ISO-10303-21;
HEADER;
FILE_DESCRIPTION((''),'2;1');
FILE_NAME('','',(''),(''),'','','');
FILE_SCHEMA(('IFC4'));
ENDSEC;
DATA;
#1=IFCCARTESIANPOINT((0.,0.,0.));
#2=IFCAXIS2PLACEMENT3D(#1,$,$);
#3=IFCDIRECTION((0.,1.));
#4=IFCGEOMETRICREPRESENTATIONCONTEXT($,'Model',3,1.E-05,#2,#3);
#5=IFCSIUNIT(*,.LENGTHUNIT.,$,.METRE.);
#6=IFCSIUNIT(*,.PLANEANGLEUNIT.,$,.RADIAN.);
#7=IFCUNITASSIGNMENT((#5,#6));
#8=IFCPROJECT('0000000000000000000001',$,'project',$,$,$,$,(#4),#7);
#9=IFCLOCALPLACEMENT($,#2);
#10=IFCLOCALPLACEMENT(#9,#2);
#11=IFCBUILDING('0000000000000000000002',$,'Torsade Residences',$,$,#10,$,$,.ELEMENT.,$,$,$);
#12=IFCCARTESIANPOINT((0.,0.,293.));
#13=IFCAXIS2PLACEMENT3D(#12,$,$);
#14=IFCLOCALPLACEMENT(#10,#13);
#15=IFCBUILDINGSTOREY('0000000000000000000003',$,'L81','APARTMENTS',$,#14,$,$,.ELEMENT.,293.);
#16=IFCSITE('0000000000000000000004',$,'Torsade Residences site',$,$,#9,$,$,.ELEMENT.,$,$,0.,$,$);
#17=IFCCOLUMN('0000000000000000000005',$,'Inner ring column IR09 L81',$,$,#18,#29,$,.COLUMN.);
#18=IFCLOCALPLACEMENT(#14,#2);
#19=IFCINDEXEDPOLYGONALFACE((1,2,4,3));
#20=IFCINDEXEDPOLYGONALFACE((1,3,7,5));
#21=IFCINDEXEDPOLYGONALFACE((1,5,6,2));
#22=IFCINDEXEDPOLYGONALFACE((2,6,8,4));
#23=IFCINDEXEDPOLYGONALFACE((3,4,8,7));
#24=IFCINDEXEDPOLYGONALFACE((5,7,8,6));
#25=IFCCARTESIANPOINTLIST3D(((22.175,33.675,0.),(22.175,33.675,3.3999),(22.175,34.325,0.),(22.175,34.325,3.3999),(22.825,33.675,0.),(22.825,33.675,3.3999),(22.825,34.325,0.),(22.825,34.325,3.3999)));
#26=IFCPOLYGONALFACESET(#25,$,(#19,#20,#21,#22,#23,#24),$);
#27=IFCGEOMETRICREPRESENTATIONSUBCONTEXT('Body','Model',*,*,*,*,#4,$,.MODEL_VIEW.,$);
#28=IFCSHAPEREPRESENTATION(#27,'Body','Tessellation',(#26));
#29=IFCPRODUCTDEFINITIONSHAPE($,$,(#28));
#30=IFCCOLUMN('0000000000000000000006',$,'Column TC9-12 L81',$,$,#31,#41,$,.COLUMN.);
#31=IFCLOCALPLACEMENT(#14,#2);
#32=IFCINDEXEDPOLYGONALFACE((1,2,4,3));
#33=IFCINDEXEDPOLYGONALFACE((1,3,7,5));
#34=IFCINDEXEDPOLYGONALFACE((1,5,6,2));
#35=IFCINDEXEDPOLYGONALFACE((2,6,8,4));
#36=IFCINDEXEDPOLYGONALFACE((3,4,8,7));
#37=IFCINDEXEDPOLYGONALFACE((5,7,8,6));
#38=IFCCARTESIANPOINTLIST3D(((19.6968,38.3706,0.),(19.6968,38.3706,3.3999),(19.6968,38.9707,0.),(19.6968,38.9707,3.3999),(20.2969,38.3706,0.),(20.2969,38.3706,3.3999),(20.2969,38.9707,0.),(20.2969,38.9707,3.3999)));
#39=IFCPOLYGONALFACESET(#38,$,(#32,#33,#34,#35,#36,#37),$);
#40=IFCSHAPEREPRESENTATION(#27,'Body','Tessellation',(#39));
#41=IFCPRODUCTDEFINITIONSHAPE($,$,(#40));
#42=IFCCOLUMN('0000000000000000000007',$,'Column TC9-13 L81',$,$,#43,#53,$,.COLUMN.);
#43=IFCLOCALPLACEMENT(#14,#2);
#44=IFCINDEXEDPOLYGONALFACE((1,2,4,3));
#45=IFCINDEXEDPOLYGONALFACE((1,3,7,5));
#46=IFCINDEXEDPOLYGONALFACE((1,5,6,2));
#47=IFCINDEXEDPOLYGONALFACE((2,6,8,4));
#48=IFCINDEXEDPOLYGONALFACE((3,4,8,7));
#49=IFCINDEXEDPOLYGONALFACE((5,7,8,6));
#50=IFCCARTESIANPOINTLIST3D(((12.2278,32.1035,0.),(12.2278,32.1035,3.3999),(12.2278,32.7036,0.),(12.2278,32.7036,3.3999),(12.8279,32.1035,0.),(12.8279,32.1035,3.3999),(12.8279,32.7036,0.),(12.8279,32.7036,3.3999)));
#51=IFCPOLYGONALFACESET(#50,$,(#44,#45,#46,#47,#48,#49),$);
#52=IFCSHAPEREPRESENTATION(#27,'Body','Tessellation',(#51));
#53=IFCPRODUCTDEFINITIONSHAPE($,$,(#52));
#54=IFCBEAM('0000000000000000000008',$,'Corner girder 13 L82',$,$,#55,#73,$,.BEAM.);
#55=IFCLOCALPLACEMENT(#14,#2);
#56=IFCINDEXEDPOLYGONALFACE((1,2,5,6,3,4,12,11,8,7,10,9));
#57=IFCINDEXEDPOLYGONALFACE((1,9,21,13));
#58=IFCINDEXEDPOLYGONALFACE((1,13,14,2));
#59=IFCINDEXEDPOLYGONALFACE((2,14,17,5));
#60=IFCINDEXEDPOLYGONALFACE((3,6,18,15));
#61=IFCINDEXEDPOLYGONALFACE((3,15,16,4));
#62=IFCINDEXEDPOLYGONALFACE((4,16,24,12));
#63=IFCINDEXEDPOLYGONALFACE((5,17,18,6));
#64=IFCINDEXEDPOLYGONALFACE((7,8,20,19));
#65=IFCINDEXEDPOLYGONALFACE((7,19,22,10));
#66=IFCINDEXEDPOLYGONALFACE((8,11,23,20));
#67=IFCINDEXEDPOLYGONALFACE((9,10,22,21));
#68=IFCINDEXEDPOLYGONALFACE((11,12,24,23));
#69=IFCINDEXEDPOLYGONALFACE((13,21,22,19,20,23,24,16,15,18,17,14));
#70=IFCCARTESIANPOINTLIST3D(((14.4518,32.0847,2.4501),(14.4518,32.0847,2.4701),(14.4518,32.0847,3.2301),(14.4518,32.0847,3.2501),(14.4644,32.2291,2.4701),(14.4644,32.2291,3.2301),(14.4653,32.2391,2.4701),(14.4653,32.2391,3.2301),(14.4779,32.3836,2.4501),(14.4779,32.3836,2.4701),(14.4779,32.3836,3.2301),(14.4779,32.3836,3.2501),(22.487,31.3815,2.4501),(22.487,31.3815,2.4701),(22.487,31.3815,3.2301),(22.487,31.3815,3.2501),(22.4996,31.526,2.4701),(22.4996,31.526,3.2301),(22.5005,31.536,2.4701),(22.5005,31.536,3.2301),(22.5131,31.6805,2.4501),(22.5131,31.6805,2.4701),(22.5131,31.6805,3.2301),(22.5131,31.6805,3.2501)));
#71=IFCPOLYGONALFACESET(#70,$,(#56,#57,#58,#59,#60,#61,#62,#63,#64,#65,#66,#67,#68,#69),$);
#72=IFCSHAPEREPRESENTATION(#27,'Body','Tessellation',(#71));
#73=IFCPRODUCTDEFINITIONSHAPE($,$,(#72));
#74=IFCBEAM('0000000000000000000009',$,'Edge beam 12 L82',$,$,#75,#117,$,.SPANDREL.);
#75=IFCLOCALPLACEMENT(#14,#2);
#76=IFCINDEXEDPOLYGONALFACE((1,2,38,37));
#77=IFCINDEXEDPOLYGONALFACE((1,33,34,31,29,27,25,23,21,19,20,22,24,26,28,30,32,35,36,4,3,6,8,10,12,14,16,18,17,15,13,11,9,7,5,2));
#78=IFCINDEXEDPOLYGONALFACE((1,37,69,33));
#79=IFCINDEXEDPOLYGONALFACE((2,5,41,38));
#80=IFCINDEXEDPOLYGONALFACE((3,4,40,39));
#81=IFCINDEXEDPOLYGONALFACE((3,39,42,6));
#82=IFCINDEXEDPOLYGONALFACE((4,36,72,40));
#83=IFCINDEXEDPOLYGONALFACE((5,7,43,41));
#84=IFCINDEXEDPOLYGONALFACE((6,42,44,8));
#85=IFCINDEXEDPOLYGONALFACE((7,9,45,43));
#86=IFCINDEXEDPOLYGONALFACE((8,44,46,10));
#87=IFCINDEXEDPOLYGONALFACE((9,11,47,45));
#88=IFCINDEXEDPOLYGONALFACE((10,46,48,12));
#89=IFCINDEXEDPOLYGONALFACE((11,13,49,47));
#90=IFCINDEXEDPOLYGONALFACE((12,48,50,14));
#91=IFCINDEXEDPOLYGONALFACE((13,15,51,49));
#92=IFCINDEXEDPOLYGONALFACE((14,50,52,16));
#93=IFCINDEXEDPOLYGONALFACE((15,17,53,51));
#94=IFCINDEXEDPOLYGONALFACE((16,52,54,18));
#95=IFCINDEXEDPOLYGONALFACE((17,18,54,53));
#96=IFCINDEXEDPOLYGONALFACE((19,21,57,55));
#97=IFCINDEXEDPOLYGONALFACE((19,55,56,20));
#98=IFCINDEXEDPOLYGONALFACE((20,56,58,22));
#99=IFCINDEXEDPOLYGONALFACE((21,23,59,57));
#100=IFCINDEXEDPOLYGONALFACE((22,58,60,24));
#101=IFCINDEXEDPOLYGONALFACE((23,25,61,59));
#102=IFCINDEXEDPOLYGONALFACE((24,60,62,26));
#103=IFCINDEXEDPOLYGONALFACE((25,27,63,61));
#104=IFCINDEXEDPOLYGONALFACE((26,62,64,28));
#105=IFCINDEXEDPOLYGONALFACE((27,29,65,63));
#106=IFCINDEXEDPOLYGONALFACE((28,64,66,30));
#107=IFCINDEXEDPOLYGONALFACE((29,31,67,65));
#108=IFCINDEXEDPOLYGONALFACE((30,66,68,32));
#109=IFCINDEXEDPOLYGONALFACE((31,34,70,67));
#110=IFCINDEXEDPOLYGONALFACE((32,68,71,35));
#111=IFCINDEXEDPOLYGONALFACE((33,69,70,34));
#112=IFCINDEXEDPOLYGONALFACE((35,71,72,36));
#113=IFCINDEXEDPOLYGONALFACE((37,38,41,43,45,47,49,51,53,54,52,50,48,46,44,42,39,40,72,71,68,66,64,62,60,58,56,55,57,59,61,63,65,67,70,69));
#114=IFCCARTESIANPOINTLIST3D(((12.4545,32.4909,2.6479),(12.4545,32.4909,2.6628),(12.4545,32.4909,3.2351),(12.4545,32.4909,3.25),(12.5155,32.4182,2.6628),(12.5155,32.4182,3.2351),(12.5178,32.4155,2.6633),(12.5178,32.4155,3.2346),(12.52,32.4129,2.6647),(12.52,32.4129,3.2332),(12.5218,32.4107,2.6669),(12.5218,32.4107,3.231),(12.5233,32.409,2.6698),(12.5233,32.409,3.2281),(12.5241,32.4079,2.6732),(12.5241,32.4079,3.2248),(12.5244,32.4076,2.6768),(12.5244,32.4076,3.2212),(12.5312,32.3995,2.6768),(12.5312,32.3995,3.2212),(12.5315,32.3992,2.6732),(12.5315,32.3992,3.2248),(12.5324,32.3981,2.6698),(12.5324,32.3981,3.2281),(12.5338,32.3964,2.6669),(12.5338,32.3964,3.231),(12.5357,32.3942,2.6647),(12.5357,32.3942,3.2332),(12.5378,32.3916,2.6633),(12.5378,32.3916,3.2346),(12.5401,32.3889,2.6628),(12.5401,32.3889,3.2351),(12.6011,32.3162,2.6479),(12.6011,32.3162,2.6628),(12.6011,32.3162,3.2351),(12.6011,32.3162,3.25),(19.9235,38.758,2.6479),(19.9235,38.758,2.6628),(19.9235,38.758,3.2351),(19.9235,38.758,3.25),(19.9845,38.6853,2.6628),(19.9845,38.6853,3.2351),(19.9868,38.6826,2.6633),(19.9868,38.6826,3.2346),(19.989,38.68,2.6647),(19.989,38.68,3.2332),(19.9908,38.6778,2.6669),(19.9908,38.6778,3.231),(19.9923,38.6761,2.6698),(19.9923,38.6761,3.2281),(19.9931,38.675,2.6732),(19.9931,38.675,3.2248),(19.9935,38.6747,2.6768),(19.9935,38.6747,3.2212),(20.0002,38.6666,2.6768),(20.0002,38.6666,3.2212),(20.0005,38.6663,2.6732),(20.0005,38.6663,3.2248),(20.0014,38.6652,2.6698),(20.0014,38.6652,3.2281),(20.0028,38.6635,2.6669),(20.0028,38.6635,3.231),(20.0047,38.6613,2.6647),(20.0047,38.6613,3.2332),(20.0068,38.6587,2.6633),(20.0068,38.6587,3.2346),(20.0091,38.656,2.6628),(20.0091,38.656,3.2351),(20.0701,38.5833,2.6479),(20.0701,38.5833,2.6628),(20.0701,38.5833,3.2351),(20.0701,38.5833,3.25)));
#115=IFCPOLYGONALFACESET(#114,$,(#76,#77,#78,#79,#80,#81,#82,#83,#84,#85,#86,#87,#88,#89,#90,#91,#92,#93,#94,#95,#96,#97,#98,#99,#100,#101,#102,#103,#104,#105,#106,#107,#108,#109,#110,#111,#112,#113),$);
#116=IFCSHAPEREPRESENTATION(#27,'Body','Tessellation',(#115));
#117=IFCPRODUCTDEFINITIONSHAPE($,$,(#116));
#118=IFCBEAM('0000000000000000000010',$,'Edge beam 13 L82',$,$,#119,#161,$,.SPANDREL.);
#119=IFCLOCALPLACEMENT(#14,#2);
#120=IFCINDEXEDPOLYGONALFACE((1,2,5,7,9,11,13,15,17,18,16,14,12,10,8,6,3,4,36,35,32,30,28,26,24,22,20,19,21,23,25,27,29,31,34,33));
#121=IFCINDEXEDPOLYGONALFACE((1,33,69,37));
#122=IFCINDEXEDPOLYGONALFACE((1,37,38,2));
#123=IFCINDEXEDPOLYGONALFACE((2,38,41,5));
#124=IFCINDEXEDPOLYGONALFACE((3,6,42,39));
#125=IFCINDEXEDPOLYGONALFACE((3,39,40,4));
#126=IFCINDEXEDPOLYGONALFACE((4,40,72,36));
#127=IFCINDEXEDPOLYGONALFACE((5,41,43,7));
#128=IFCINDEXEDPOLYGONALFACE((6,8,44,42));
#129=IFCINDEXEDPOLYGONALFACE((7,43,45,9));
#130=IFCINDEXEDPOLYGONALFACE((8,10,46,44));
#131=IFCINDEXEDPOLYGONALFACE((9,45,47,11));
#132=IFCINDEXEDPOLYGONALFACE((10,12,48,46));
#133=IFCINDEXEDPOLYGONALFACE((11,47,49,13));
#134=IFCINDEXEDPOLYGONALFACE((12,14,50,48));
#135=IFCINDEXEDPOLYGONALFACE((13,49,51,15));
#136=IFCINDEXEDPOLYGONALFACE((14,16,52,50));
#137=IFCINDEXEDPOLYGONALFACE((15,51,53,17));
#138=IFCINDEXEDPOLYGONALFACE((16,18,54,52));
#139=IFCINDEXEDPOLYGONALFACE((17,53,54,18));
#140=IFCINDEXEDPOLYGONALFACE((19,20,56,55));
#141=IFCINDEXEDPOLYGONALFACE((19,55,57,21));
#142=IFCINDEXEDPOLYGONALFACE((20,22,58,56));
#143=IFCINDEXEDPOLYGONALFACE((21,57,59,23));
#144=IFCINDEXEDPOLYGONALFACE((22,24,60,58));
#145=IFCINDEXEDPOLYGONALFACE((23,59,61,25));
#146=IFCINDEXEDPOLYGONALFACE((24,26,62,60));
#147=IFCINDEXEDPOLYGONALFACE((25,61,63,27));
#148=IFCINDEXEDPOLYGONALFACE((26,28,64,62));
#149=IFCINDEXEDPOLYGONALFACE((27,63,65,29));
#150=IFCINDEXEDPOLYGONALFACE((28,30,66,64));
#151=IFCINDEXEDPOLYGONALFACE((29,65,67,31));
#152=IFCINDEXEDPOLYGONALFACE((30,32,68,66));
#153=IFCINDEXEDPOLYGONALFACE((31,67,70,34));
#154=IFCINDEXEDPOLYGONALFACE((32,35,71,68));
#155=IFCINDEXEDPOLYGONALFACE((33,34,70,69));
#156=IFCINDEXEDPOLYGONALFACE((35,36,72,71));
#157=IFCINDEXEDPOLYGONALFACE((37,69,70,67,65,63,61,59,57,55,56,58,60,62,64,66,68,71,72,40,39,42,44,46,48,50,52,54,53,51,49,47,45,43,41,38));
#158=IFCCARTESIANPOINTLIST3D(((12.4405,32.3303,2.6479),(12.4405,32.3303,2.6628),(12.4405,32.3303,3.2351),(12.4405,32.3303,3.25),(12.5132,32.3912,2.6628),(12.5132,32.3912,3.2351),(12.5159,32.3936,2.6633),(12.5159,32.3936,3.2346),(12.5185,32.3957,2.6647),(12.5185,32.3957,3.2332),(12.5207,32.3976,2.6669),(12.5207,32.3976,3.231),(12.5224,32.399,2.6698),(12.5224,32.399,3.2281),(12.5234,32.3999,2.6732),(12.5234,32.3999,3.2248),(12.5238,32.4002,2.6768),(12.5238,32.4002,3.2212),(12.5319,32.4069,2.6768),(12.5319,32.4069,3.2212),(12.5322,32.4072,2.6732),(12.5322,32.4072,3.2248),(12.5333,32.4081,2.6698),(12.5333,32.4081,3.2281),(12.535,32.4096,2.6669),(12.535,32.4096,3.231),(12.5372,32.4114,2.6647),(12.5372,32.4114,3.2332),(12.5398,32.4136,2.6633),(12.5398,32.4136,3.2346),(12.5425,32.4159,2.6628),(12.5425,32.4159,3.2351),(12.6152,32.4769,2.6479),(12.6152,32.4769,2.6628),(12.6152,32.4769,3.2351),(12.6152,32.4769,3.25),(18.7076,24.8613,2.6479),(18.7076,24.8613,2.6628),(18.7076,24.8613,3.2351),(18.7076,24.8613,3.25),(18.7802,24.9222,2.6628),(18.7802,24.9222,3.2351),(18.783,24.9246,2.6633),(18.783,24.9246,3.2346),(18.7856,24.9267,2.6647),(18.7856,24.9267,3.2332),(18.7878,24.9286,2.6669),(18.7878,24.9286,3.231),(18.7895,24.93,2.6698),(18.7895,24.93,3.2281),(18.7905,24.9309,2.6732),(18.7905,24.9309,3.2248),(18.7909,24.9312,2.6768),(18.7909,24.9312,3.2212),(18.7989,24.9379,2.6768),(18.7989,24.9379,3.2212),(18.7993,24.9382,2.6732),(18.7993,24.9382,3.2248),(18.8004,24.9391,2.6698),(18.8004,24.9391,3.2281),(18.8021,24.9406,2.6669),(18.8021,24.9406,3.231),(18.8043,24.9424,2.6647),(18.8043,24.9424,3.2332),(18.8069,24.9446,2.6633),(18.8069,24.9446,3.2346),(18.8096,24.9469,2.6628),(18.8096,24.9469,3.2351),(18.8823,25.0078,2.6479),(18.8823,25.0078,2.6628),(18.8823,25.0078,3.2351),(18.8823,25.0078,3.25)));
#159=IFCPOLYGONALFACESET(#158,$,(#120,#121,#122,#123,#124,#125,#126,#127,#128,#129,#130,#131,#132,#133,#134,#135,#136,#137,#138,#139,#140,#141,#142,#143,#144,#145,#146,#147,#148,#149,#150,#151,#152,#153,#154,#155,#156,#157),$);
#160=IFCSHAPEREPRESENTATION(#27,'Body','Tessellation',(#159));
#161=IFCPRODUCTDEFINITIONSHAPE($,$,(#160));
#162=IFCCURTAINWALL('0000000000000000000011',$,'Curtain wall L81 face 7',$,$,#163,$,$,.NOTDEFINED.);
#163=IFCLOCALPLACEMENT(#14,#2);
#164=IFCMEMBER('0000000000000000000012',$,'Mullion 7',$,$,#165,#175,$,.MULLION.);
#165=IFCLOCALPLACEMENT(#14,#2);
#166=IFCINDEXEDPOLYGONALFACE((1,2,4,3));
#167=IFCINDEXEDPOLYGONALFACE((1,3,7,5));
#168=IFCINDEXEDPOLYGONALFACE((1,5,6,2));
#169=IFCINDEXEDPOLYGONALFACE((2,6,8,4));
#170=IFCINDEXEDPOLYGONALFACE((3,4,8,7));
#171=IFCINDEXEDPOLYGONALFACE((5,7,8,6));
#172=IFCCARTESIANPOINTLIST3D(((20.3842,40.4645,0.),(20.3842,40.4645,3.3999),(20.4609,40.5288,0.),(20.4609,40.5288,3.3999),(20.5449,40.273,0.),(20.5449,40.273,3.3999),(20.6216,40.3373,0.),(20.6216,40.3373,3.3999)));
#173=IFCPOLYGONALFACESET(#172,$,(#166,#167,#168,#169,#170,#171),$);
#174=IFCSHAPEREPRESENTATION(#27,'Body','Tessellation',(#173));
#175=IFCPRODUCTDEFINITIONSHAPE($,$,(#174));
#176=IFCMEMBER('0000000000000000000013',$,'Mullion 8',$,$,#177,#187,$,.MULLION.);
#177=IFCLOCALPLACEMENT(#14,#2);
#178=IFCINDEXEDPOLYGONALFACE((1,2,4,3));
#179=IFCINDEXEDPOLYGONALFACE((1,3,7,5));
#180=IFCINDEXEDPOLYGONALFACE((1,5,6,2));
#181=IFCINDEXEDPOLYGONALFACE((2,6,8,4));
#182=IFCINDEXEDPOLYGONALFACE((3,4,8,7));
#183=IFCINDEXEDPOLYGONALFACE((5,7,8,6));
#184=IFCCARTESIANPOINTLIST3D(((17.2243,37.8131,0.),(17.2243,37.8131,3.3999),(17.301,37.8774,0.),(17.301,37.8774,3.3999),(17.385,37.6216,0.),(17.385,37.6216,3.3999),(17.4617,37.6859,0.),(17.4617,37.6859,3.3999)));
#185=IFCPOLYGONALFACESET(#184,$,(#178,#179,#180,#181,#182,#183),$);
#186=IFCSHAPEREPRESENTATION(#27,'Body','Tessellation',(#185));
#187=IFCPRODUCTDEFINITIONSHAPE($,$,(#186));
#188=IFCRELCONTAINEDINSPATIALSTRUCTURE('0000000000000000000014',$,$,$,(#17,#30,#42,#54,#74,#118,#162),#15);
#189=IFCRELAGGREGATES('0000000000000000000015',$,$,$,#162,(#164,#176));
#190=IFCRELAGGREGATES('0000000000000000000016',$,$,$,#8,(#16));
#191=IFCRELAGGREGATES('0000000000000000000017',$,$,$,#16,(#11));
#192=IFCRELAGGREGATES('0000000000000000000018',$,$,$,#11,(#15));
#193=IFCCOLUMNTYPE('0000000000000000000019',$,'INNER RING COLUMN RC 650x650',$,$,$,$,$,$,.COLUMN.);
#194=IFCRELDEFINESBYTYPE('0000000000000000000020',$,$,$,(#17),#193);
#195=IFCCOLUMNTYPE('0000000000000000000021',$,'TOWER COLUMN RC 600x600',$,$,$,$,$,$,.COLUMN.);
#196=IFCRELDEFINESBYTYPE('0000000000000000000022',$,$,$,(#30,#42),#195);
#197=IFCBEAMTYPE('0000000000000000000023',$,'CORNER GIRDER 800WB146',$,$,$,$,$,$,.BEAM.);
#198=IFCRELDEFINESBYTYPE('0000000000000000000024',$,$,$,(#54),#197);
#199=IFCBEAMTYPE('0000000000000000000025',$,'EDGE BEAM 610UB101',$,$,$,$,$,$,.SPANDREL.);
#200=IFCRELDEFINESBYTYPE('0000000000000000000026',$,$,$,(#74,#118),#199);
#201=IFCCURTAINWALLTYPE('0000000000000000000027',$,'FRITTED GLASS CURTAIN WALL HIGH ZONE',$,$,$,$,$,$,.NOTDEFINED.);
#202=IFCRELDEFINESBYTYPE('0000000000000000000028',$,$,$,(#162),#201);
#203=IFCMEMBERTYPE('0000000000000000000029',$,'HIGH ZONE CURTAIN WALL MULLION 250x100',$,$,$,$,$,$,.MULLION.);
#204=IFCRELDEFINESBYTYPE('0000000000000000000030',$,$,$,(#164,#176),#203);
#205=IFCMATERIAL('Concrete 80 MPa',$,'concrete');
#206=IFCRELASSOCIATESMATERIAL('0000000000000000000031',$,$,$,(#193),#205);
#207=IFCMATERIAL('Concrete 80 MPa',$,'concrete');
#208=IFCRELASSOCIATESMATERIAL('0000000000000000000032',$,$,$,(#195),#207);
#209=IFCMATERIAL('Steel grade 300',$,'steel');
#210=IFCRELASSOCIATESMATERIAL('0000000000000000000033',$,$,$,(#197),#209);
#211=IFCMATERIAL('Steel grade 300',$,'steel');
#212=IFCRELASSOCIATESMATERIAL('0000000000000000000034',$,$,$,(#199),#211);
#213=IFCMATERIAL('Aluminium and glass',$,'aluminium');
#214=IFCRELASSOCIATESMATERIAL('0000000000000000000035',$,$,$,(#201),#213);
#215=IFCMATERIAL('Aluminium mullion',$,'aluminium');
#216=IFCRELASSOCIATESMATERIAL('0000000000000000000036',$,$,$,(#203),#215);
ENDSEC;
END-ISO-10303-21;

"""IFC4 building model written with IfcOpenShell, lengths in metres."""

from ifc_helpers import new_model, si_unit, direction, frame, origin, origin_2d, place, context, subcontext, project, spatial, rectangle, i_section, extrude, material, material_profile, profile_set, type_object, element, aggregate, save


model = new_model("IFC4")

# Units and contexts
model_context = context("Model", 3, precision=1e-05, world=origin(), true_north=direction((0.0, 1.0)))
body_context = subcontext(model_context, "Body", "Model", "MODEL_VIEW")
ifc_project = project(units=[si_unit("LENGTHUNIT", "METRE"), si_unit("PLANEANGLEUNIT", "RADIAN")], contexts=[model_context])

# Site, building, storey
site_placement = place(None, origin())
site = spatial("IfcSite", under=ifc_project, at=site_placement, Name="Torsade Residences site", CompositionType="ELEMENT", RefElevation=0.0)
building_placement = place(site_placement, origin())
building = spatial("IfcBuilding", under=site, at=building_placement, Name="Torsade Residences", CompositionType="ELEMENT")
storey_placement = place(building_placement, frame((0.0, 0.0, 293.0)))
storey = spatial("IfcBuildingStorey", under=building, at=storey_placement, Name="L81", Description="APARTMENTS", CompositionType="ELEMENT", Elevation=293.0)

# Columns
ifc_material_1 = material(Name="Concrete 80 MPa", Category="concrete")
ifc_material_profile_1 = material_profile(ifc_material_1, rectangle(XDim=0.6499, YDim=0.6499, at=origin_2d()), Name="RC 650x650")
ifc_profile_set_1 = profile_set([ifc_material_profile_1], Name="Concrete 80 MPa")
column_type_1 = type_object("IfcColumnType", Name="INNER RING COLUMN RC 650x650", PredefinedType="COLUMN", material=ifc_profile_set_1)
column_placement = place(storey_placement, frame((22.5, 34.0, 0.0), z_axis=(0.0, 0.0, 1.0), x_axis=(1.0, 0.0, 0.0)))
element("IfcColumn", 1, at=column_placement, inside=storey, type_object=column_type_1, Name="Inner ring column IR09 L81", PredefinedType="COLUMN", context=body_context, shape_type="SweptSolid", body=[
    extrude(rectangle(XDim=0.6499, YDim=0.6499, at=origin_2d()), origin(), (0.0, 0.0, 1.0), 3.3999),
])
ifc_material_2 = material(Name="Concrete 80 MPa", Category="concrete")
ifc_material_profile_2 = material_profile(ifc_material_2, rectangle(XDim=0.6001, YDim=0.6001, at=origin_2d()), Name="RC 600x600")
ifc_profile_set_2 = profile_set([ifc_material_profile_2], Name="Concrete 80 MPa")
column_type_2 = type_object("IfcColumnType", Name="TOWER COLUMN RC 600x600", PredefinedType="COLUMN", material=ifc_profile_set_2)
for number, where, z_axis, x_axis, name in (
    (2, (19.9968, 38.6707, 0.0), (0.0, 0.0, 1.0), (1.0, 0.0, 0.0), "Column TC9-12 L81"),
    (3, (12.5278, 32.4036, 0.0), (0.0, 0.0, 1.0), (1.0, 0.0, 0.0), "Column TC9-13 L81"),
):
    element("IfcColumn", number, at=place(storey_placement, frame(where, z_axis=z_axis, x_axis=x_axis)), inside=storey, type_object=column_type_2, Name=name, PredefinedType="COLUMN", context=body_context, shape_type="SweptSolid", body=[
        extrude(rectangle(XDim=0.6001, YDim=0.6001, at=origin_2d()), origin(), (0.0, 0.0, 1.0), 3.3999),
    ])

# Beams
ifc_material_3 = material(Name="Steel grade 300", Category="steel")
ifc_material_profile_3 = material_profile(ifc_material_3, i_section(OverallWidth=0.3, OverallDepth=0.8, WebThickness=0.01, FlangeThickness=0.02, at=origin_2d()), Name="800WB146")
ifc_profile_set_3 = profile_set([ifc_material_profile_3], Name="Steel grade 300")
beam_type_1 = type_object("IfcBeamType", Name="CORNER GIRDER 800WB146", PredefinedType="BEAM", material=ifc_profile_set_3)
beam_1_placement = place(storey_placement, frame((14.4648, 32.2341, 2.8501), z_axis=(0.996193, -0.087173, 0.0), x_axis=(0.087173, 0.996193, 0.0)))
element("IfcBeam", 4, at=beam_1_placement, inside=storey, type_object=beam_type_1, Name="Corner girder 13 L82", PredefinedType="BEAM", context=body_context, shape_type="SweptSolid", body=[
    extrude(i_section(OverallWidth=0.3, OverallDepth=0.8, WebThickness=0.01, FlangeThickness=0.02, at=origin_2d()), origin(), (0.0, 0.0, 1.0), 8.0659),
])
ifc_material_4 = material(Name="Steel grade 300", Category="steel")
ifc_material_profile_4 = material_profile(ifc_material_4, i_section(OverallWidth=0.228, OverallDepth=0.6021, WebThickness=0.0105, FlangeThickness=0.0149, FilletRadius=0.0139, at=origin_2d()), Name="610UB101")
ifc_profile_set_4 = profile_set([ifc_material_profile_4], Name="Steel grade 300")
beam_type_2 = type_object("IfcBeamType", Name="EDGE BEAM 610UB101", PredefinedType="SPANDREL", material=ifc_profile_set_4)
for number, where, z_axis, x_axis, name in (
    (5, (19.9968, 38.6707, 2.949), (-0.766052, -0.642779, 0.0), (0.642779, -0.766052, 0.0), "Edge beam 12 L82"),
    (6, (12.5278, 32.4036, 2.949), (0.642779, -0.766052, 0.0), (0.766052, 0.642779, 0.0), "Edge beam 13 L82"),
):
    element("IfcBeam", number, at=place(storey_placement, frame(where, z_axis=z_axis, x_axis=x_axis)), inside=storey, type_object=beam_type_2, Name=name, PredefinedType="SPANDREL", context=body_context, shape_type="SweptSolid", body=[
        extrude(i_section(OverallWidth=0.228, OverallDepth=0.6021, WebThickness=0.0105, FlangeThickness=0.0149, FilletRadius=0.0139, at=origin_2d()), origin(), (0.0, 0.0, 1.0), 9.75),
    ])

# Curtain wall, members
ifc_material_5 = material(Name="Aluminium and glass", Category="aluminium")
curtain_wall_type = type_object("IfcCurtainWallType", Name="FRITTED GLASS CURTAIN WALL HIGH ZONE", PredefinedType="NOTDEFINED", material=ifc_material_5)
curtain_wall_placement = place(storey_placement, origin())
curtain_wall = element("IfcCurtainWall", 7, at=curtain_wall_placement, inside=storey, type_object=curtain_wall_type, Name="Curtain wall L81 face 7", PredefinedType="NOTDEFINED")
ifc_material_6 = material(Name="Aluminium mullion", Category="aluminium")
ifc_material_profile_5 = material_profile(ifc_material_6, rectangle(XDim=0.25, YDim=0.1001, at=origin_2d()), Name="HIGH ZONE CURTAIN WALL MULLION 250x100")
ifc_profile_set_5 = profile_set([ifc_material_profile_5], Name="Aluminium mullion")
member_type_1 = type_object("IfcMemberType", Name="HIGH ZONE CURTAIN WALL MULLION 250x100", PredefinedType="MULLION", material=ifc_profile_set_5)
member_1_placement = place(storey_placement, frame((20.5029, 40.4009, 0.0), z_axis=(0.0, 0.0, 1.0), x_axis=(0.642788, -0.766044, 0.0)))
member_1 = element("IfcMember", 8, at=member_1_placement, type_object=member_type_1, Name="Mullion 7", PredefinedType="MULLION", context=body_context, shape_type="SweptSolid", body=[
    extrude(rectangle(XDim=0.25, YDim=0.1001, at=origin_2d()), origin(), (0.0, 0.0, 1.0), 3.3999),
])
member_2_placement = place(storey_placement, frame((17.343, 37.7495, 0.0), z_axis=(0.0, 0.0, 1.0), x_axis=(0.642788, -0.766044, 0.0)))
member_2 = element("IfcMember", 9, at=member_2_placement, type_object=member_type_1, Name="Mullion 8", PredefinedType="MULLION", context=body_context, shape_type="SweptSolid", body=[
    extrude(rectangle(XDim=0.25, YDim=0.1001, at=origin_2d()), origin(), (0.0, 0.0, 1.0), 3.3999),
])

aggregate(curtain_wall, [member_1, member_2])

save(model, "model.ifc")
